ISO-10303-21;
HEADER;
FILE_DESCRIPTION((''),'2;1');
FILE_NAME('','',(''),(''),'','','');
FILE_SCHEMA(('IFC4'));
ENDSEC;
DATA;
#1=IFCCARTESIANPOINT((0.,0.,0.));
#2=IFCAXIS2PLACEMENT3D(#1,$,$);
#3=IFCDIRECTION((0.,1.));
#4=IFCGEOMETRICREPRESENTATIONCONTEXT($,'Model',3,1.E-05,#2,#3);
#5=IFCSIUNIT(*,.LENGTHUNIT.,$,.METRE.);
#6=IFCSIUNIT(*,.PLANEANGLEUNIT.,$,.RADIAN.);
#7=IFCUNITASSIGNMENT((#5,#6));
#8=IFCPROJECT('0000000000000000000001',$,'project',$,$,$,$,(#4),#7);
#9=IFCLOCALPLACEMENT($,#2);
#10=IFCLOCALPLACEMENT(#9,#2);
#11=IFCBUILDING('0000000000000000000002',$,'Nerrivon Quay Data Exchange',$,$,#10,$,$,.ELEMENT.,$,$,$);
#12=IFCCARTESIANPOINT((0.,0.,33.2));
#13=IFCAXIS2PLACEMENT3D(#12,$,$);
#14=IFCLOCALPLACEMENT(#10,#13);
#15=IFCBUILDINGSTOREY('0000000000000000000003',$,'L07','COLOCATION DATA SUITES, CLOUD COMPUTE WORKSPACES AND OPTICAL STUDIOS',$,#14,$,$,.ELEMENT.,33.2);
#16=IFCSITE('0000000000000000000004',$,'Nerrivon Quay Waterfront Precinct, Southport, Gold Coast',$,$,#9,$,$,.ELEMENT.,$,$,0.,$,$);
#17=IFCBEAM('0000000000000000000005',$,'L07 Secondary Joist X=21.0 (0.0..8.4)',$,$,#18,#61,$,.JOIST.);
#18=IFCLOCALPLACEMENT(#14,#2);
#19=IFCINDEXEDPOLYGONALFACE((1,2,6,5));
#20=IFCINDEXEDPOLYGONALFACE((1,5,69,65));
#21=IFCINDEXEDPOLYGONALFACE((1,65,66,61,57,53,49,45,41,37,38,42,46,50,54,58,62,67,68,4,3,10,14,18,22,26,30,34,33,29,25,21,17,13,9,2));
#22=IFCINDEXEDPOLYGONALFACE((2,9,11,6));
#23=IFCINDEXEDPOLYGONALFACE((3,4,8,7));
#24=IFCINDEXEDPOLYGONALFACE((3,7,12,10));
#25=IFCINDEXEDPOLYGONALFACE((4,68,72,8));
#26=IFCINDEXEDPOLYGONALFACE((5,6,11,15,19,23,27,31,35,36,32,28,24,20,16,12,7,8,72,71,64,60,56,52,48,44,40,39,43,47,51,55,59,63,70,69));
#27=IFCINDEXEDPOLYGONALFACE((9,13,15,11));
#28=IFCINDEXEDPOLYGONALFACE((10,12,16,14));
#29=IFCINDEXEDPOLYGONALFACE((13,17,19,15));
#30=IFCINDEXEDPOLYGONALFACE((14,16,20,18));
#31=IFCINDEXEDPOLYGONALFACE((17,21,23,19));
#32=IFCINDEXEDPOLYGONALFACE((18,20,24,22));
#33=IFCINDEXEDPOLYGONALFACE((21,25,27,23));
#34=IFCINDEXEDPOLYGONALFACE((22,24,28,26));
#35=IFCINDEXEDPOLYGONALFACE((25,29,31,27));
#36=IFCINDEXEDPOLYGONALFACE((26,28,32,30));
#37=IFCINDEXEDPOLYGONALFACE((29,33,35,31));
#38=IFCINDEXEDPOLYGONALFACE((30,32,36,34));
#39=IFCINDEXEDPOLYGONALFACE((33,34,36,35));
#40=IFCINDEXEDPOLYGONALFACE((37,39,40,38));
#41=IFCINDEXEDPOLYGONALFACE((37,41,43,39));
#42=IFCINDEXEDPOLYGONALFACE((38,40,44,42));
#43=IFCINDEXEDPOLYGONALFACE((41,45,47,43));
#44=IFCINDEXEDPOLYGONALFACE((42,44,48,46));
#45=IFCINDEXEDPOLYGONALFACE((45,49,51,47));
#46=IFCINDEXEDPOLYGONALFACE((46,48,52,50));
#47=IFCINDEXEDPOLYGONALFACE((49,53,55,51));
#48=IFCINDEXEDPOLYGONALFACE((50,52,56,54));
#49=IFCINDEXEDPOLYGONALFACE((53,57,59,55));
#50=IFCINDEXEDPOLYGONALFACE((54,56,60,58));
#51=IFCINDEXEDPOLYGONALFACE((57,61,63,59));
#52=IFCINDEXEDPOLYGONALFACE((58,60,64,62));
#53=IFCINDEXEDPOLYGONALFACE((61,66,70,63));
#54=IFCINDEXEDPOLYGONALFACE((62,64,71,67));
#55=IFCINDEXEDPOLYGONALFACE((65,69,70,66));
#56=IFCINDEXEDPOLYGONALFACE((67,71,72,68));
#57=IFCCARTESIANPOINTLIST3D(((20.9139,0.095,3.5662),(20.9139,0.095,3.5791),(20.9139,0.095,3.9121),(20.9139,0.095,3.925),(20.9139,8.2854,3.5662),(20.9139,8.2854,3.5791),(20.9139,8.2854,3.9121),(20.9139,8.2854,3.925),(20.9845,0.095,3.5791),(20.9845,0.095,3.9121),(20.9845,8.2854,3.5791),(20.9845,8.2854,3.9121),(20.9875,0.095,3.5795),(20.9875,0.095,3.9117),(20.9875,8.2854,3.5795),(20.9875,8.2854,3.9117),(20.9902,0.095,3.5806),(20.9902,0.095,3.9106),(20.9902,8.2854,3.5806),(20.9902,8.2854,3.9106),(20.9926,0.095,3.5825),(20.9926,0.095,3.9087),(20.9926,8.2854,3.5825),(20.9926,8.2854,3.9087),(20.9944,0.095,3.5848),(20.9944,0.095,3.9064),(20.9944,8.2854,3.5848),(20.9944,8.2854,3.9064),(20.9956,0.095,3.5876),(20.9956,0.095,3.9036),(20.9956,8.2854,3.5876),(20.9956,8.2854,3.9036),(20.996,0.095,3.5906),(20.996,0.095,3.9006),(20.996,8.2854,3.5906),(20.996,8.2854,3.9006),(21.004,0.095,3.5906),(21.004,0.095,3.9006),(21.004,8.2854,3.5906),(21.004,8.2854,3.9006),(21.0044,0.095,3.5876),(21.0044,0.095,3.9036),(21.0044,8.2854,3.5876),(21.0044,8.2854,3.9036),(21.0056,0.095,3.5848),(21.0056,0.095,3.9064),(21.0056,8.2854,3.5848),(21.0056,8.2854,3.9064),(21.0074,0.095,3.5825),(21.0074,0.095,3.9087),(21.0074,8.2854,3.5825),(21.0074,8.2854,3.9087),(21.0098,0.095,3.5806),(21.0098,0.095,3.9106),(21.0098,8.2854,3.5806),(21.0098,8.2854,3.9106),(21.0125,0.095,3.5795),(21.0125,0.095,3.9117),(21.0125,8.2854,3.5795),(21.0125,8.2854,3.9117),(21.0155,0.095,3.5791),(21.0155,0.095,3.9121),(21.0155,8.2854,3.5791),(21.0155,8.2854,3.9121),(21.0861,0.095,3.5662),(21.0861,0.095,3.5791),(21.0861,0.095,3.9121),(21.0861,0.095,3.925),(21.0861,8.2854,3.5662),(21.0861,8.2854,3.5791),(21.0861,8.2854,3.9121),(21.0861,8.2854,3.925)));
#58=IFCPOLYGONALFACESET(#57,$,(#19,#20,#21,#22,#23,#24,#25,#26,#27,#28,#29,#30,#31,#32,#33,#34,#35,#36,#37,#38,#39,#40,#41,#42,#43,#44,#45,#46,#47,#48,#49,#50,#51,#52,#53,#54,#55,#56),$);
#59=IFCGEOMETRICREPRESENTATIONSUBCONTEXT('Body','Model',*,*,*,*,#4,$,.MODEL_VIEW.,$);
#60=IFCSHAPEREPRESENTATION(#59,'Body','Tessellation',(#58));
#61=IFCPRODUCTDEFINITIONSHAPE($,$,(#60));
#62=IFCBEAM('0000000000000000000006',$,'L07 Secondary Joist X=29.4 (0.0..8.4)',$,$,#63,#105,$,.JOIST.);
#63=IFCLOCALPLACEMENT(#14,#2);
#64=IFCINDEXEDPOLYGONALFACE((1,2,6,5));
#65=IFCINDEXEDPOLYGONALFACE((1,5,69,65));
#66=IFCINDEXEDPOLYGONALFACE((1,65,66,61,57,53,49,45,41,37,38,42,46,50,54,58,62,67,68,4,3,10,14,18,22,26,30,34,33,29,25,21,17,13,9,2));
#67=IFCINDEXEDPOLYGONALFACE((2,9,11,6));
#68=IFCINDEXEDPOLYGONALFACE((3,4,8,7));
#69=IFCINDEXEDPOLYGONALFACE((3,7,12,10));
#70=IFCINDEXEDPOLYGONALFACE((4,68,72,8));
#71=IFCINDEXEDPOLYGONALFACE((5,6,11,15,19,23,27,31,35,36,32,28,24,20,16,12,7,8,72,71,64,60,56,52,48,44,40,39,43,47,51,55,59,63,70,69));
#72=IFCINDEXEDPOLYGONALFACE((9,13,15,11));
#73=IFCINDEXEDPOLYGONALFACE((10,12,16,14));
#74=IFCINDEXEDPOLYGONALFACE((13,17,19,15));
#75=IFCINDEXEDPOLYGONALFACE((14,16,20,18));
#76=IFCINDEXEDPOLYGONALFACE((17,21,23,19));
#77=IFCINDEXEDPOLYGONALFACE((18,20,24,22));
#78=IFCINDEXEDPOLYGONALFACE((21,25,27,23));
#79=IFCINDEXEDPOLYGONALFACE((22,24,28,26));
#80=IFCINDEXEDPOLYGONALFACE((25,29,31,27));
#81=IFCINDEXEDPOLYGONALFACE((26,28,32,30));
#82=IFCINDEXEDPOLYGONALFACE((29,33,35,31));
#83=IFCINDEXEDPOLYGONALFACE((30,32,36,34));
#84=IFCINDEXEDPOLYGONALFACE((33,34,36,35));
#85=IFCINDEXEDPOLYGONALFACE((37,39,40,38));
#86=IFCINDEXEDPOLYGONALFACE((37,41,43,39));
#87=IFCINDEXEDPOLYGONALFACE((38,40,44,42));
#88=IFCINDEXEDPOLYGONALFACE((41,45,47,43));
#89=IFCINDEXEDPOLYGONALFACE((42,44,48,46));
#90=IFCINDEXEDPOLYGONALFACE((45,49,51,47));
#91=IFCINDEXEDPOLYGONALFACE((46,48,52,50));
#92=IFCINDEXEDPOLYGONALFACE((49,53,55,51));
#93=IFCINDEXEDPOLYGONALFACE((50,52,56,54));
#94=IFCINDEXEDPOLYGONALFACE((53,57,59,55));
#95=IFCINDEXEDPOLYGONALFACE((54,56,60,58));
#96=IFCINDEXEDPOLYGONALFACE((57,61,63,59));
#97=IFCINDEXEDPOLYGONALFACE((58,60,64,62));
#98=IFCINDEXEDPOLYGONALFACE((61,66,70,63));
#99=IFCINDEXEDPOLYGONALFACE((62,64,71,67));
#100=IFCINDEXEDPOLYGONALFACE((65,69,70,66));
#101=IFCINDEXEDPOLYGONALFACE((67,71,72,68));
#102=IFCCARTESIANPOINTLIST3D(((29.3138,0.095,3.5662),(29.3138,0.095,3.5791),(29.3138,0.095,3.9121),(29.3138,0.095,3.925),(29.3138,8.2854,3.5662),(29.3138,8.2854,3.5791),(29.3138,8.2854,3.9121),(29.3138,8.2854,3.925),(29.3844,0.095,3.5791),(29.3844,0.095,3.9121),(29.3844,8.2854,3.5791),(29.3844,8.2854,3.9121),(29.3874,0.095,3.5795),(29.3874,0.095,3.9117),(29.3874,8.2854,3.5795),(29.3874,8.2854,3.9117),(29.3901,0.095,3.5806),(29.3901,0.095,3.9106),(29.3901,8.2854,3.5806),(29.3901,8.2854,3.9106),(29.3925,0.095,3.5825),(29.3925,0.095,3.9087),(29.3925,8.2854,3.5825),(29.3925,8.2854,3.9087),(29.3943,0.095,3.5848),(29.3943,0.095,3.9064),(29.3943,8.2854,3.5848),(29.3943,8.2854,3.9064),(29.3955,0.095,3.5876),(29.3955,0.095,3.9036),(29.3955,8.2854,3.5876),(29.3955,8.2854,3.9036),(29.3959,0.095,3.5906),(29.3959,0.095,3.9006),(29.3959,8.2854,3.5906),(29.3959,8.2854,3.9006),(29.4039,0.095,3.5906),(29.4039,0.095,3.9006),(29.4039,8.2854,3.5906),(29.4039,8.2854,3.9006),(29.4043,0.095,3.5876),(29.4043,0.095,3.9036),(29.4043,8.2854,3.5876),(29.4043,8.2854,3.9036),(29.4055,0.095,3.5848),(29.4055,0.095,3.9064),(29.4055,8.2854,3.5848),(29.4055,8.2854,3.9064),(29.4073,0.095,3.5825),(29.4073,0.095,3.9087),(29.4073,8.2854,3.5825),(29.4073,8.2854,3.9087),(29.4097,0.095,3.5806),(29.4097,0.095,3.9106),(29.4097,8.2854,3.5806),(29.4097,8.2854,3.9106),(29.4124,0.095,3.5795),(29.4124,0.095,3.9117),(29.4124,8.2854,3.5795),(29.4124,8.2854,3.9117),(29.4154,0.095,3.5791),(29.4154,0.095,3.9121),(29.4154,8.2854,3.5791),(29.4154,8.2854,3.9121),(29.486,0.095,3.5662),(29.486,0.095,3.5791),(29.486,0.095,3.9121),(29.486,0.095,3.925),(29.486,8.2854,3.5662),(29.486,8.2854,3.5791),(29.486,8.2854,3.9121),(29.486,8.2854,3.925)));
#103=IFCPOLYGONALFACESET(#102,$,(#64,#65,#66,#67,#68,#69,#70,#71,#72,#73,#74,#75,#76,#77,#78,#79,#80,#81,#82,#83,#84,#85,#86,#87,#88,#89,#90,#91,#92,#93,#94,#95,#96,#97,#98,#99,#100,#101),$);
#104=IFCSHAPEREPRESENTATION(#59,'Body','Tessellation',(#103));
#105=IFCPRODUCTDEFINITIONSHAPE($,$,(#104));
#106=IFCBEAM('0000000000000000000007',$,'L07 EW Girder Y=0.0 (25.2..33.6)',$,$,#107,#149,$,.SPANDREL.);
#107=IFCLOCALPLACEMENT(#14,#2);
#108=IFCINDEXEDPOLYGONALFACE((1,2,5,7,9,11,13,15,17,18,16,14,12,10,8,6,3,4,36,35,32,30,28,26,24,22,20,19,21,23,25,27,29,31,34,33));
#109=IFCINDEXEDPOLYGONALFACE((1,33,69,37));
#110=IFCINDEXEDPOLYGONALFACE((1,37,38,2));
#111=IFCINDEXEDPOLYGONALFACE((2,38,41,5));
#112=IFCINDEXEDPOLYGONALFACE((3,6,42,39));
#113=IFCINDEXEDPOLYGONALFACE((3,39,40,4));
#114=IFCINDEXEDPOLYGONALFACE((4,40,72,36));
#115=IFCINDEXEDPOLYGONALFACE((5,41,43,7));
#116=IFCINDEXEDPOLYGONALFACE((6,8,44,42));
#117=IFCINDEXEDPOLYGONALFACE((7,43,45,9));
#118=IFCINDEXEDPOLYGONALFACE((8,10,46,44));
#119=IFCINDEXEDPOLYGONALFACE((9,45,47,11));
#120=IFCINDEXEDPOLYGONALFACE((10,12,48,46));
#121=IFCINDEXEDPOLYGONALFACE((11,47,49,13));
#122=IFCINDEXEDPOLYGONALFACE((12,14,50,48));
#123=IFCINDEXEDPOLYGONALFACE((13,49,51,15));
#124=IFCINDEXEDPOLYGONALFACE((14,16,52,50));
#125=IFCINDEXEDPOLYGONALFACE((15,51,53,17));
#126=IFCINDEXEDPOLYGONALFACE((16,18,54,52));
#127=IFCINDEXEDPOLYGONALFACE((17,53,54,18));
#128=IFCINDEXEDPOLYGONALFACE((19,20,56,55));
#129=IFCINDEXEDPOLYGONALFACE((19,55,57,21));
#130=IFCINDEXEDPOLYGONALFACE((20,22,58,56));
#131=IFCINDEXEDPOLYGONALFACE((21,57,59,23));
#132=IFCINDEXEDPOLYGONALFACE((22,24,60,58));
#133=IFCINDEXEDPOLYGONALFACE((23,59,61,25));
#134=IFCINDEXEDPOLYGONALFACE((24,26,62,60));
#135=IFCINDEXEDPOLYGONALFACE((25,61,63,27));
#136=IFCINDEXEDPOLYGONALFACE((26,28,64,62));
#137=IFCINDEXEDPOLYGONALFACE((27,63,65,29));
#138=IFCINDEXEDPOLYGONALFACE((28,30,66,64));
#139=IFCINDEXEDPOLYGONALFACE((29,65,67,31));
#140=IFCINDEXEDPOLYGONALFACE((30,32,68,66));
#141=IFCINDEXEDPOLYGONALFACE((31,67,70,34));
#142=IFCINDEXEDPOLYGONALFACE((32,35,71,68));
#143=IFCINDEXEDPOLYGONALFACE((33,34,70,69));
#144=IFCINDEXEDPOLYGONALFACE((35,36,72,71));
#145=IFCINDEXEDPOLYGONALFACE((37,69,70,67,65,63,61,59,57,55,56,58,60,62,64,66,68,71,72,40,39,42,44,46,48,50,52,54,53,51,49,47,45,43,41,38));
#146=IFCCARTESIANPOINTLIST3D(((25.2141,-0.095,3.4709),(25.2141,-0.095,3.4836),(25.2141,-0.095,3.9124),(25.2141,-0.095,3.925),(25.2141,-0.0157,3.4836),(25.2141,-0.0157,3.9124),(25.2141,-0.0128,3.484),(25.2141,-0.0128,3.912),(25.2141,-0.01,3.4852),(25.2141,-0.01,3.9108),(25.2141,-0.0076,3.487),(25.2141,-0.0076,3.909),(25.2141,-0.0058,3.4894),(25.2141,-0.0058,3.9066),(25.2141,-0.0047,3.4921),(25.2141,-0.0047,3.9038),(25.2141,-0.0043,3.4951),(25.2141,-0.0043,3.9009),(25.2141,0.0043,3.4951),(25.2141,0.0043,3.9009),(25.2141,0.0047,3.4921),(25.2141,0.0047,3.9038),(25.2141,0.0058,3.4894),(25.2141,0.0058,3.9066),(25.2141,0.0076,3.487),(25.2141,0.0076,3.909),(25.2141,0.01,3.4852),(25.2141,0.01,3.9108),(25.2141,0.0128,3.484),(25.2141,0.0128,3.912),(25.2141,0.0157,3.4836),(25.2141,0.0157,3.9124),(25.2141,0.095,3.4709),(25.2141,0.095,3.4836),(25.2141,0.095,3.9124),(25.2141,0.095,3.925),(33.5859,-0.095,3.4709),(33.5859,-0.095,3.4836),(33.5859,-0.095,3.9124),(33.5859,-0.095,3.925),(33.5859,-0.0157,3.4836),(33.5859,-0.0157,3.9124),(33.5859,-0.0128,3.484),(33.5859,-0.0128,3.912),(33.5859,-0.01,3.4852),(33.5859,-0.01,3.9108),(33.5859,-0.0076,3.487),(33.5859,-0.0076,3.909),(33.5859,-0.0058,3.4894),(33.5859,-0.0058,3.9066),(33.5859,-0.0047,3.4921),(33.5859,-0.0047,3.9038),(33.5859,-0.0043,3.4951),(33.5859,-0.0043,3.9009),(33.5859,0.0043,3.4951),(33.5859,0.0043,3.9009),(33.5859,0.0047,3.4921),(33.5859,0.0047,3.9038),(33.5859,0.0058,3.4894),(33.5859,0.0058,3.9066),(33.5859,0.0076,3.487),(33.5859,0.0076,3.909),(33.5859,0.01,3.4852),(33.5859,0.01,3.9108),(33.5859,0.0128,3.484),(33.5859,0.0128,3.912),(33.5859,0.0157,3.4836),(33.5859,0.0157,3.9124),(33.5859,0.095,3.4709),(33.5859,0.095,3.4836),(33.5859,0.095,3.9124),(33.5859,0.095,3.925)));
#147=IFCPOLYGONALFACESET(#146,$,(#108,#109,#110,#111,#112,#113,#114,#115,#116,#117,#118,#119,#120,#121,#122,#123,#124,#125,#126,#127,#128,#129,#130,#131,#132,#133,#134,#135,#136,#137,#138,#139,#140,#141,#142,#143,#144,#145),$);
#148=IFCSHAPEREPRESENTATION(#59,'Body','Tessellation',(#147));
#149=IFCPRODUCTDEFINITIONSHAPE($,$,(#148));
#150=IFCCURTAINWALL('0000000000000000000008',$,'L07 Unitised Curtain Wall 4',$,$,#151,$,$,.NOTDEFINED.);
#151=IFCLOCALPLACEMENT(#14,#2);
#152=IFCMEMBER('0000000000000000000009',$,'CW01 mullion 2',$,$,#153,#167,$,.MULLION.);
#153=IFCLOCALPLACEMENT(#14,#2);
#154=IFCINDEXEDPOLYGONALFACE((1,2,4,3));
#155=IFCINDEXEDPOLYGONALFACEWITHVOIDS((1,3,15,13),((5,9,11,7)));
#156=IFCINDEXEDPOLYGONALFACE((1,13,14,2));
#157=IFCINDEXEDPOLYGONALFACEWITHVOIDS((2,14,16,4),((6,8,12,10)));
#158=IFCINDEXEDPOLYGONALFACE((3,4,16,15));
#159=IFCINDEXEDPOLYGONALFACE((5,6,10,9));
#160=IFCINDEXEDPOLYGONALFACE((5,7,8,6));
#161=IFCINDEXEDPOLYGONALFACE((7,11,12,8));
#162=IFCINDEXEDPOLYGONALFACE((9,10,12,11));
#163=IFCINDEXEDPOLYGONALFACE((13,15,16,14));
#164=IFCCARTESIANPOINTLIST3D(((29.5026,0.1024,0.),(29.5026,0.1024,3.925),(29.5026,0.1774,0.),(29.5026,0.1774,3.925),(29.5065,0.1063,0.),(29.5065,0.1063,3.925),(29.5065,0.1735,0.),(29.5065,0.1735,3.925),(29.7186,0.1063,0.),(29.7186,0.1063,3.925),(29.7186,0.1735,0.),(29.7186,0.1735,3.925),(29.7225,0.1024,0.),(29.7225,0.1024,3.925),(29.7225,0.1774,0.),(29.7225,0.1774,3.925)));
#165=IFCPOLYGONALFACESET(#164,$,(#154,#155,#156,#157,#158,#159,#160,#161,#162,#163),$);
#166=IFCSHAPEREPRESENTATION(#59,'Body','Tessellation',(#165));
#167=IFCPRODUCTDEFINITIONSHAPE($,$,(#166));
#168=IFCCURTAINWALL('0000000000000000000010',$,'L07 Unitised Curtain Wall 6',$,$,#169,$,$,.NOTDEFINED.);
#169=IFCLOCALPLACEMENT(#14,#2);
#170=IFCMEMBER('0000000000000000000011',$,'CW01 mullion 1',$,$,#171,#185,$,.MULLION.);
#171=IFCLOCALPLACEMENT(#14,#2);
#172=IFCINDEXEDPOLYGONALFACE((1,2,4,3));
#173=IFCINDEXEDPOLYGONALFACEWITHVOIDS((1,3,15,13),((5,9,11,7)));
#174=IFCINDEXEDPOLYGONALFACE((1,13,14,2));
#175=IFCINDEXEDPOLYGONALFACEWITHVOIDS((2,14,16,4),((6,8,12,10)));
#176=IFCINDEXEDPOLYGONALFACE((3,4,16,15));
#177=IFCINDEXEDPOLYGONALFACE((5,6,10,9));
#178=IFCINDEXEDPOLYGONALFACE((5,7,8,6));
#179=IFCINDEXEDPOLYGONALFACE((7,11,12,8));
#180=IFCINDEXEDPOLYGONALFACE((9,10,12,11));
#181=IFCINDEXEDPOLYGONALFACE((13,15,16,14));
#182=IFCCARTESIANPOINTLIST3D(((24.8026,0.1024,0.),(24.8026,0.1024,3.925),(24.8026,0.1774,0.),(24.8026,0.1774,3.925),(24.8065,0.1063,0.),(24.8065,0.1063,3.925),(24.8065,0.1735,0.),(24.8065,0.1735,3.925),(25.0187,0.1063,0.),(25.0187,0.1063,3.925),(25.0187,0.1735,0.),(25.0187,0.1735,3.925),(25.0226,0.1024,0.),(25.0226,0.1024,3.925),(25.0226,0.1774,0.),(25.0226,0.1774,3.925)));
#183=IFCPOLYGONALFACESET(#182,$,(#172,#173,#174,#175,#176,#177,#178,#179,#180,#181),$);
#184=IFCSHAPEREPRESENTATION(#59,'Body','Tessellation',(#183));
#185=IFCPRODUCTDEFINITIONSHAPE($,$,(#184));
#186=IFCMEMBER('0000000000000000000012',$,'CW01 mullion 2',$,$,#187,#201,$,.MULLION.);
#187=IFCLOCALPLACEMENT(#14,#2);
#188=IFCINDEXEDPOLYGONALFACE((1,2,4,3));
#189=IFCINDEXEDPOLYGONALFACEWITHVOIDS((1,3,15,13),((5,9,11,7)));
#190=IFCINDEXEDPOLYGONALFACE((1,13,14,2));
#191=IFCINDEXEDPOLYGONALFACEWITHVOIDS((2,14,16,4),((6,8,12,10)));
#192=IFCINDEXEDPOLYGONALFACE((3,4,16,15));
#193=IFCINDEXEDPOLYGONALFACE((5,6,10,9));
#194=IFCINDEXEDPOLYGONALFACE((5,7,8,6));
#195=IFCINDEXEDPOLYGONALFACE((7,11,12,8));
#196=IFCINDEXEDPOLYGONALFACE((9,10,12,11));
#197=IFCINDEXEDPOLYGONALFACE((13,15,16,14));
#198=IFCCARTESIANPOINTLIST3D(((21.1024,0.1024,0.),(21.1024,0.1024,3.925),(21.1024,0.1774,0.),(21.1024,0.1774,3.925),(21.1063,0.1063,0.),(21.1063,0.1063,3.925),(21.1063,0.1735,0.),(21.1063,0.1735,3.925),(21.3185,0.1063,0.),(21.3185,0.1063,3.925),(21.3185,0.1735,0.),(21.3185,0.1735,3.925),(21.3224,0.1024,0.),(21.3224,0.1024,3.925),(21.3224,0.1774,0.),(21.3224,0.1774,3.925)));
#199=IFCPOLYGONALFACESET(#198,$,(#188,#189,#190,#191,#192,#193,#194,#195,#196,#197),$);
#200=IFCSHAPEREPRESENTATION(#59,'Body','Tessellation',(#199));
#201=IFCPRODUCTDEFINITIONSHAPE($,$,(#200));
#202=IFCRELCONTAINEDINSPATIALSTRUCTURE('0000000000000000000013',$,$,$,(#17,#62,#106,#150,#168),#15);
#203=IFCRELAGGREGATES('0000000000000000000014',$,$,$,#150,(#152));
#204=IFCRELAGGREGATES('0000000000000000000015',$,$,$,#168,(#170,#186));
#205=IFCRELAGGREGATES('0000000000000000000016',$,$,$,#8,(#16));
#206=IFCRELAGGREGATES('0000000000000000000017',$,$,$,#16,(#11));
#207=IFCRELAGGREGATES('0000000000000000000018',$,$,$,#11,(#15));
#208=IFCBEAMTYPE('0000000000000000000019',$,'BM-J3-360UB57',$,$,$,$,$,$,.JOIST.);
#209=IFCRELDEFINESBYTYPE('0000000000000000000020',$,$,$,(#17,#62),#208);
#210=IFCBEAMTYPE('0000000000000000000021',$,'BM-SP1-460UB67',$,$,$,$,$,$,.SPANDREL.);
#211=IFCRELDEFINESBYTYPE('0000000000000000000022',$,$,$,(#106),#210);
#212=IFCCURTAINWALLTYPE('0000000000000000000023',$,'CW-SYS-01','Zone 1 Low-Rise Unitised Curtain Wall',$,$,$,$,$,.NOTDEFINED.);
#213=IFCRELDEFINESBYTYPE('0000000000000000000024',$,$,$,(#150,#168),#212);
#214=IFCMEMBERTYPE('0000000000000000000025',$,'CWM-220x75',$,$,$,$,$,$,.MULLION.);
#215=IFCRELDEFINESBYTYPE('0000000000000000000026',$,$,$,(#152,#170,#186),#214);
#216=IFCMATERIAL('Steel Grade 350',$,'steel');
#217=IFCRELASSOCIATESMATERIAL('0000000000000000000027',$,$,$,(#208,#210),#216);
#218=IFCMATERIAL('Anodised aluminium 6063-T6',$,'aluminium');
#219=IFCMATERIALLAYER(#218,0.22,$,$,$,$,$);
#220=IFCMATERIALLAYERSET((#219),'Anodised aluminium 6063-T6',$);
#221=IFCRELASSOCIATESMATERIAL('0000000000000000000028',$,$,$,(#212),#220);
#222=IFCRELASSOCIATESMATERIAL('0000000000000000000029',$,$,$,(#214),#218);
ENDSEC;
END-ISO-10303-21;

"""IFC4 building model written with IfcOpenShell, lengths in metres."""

from ifc_helpers import new_model, si_unit, direction, frame, origin, origin_2d, place, context, subcontext, project, spatial, hollow_rectangle, i_section, extrude, material, layer, layer_set, material_profile, profile_set, type_object, element, aggregate, save


model = new_model("IFC4")

# Units and contexts
model_context = context("Model", 3, precision=1e-05, world=origin(), true_north=direction((0.0, 1.0)))
body_context = subcontext(model_context, "Body", "Model", "MODEL_VIEW")
ifc_project = project(units=[si_unit("LENGTHUNIT", "METRE"), si_unit("PLANEANGLEUNIT", "RADIAN")], contexts=[model_context])

# Site, building, storey
site_placement = place(None, origin())
site = spatial("IfcSite", under=ifc_project, at=site_placement, Name="Nerrivon Quay Waterfront Precinct, Southport, Gold Coast", CompositionType="ELEMENT", RefElevation=0.0)
building_placement = place(site_placement, origin())
building = spatial("IfcBuilding", under=site, at=building_placement, Name="Nerrivon Quay Data Exchange", CompositionType="ELEMENT")
storey_placement = place(building_placement, frame((0.0, 0.0, 33.2)))
storey = spatial("IfcBuildingStorey", under=building, at=storey_placement, Name="L07", Description="COLOCATION DATA SUITES, CLOUD COMPUTE WORKSPACES AND OPTICAL STUDIOS", CompositionType="ELEMENT", Elevation=33.2)

# Shared definitions
ifc_material_1 = material(Name="Steel Grade 350", Category="steel")

# Beams
ifc_material_profile_1 = material_profile(ifc_material_1, i_section(OverallWidth=0.1721, OverallDepth=0.3589, WebThickness=0.0081, FlangeThickness=0.0129, FilletRadius=0.0115, at=origin_2d()), Name="360UB56.7")
ifc_profile_set_1 = profile_set([ifc_material_profile_1], Name="Steel Grade 350")
beam_type_1 = type_object("IfcBeamType", Name="BM-J3-360UB57", PredefinedType="JOIST", material=ifc_profile_set_1)
for number, where, z_axis, x_axis, name in (
    (1, (21.0, 0.095, 3.7456), (0.0, 1.0, 0.0), (-1.0, 0.0, 0.0), "L07 Secondary Joist X=21.0 (0.0..8.4)"),
    (2, (29.3999, 0.095, 3.7456), (0.0, 1.0, 0.0), (-1.0, 0.0, 0.0), "L07 Secondary Joist X=29.4 (0.0..8.4)"),
):
    element("IfcBeam", number, at=place(storey_placement, frame(where, z_axis=z_axis, x_axis=x_axis)), inside=storey, type_object=beam_type_1, Name=name, PredefinedType="JOIST", context=body_context, shape_type="SweptSolid", body=[
        extrude(i_section(OverallWidth=0.1721, OverallDepth=0.3589, WebThickness=0.0081, FlangeThickness=0.0129, FilletRadius=0.0115, at=origin_2d()), origin(), (0.0, 0.0, 1.0), 8.1904),
    ])
ifc_material_profile_2 = material_profile(ifc_material_1, i_section(OverallWidth=0.1899, OverallDepth=0.4541, WebThickness=0.0085, FlangeThickness=0.0127, FilletRadius=0.0115, at=origin_2d()), Name="460UB67.1")
ifc_profile_set_2 = profile_set([ifc_material_profile_2], Name="Steel Grade 350")
beam_type_2 = type_object("IfcBeamType", Name="BM-SP1-460UB67", PredefinedType="SPANDREL", material=ifc_profile_set_2)
beam_1_placement = place(storey_placement, frame((25.2141, 0.0, 3.698), z_axis=(1.0, 0.0, 0.0), x_axis=(0.0, 1.0, 0.0)))
element("IfcBeam", 3, at=beam_1_placement, inside=storey, type_object=beam_type_2, Name="L07 EW Girder Y=0.0 (25.2..33.6)", PredefinedType="SPANDREL", context=body_context, shape_type="SweptSolid", body=[
    extrude(i_section(OverallWidth=0.1899, OverallDepth=0.4541, WebThickness=0.0085, FlangeThickness=0.0127, FilletRadius=0.0115, at=origin_2d()), origin(), (0.0, 0.0, 1.0), 8.3718),
])

# Curtain wall, member
ifc_material_2 = material(Name="Anodised aluminium 6063-T6", Category="aluminium")
ifc_layer_1 = layer(ifc_material_2, 0.22)
ifc_layer_set_1 = layer_set([ifc_layer_1], Name="Anodised aluminium 6063-T6")
curtain_wall_type = type_object("IfcCurtainWallType", Name="CW-SYS-01", Description="Zone 1 Low-Rise Unitised Curtain Wall", PredefinedType="NOTDEFINED", material=ifc_layer_set_1)
curtain_wall_1_placement = place(storey_placement, origin())
curtain_wall_1 = element("IfcCurtainWall", 4, at=curtain_wall_1_placement, inside=storey, type_object=curtain_wall_type, Name="L07 Unitised Curtain Wall 4", PredefinedType="NOTDEFINED")
ifc_material_profile_3 = material_profile(ifc_material_2, hollow_rectangle(XDim=0.075, YDim=0.22, WallThickness=0.0039, at=origin_2d()), Name="ALU-MULL-220x75")
ifc_profile_set_3 = profile_set([ifc_material_profile_3], Name="Anodised aluminium 6063-T6")
member_type_1 = type_object("IfcMemberType", Name="CWM-220x75", PredefinedType="MULLION", material=ifc_profile_set_3)
member_1_placement = place(storey_placement, frame((29.6125, 0.1399, 0.0), z_axis=(0.0, 0.0, 1.0), x_axis=(0.0, -1.0, 0.0)))
member_1 = element("IfcMember", 5, at=member_1_placement, type_object=member_type_1, Name="CW01 mullion 2", PredefinedType="MULLION", context=body_context, shape_type="SweptSolid", body=[
    extrude(hollow_rectangle(XDim=0.075, YDim=0.22, WallThickness=0.0039, at=origin_2d()), origin(), (0.0, 0.0, 1.0), 3.925),
])
aggregate(curtain_wall_1, [member_1])

# Curtain wall, members
curtain_wall_2_placement = place(storey_placement, origin())
curtain_wall_2 = element("IfcCurtainWall", 6, at=curtain_wall_2_placement, inside=storey, type_object=curtain_wall_type, Name="L07 Unitised Curtain Wall 6", PredefinedType="NOTDEFINED")
member_2_placement = place(storey_placement, frame((24.9126, 0.1399, 0.0), z_axis=(0.0, 0.0, 1.0), x_axis=(0.0, -1.0, 0.0)))
member_2 = element("IfcMember", 7, at=member_2_placement, type_object=member_type_1, Name="CW01 mullion 1", PredefinedType="MULLION", context=body_context, shape_type="SweptSolid", body=[
    extrude(hollow_rectangle(XDim=0.075, YDim=0.22, WallThickness=0.0039, at=origin_2d()), origin(), (0.0, 0.0, 1.0), 3.925),
])
member_3_placement = place(storey_placement, frame((21.2124, 0.1399, 0.0), z_axis=(0.0, 0.0, 1.0), x_axis=(0.0, -1.0, 0.0)))
member_3 = element("IfcMember", 8, at=member_3_placement, type_object=member_type_1, Name="CW01 mullion 2", PredefinedType="MULLION", context=body_context, shape_type="SweptSolid", body=[
    extrude(hollow_rectangle(XDim=0.075, YDim=0.22, WallThickness=0.0039, at=origin_2d()), origin(), (0.0, 0.0, 1.0), 3.925),
])
aggregate(curtain_wall_2, [member_2, member_3])

save(model, "model.ifc")
